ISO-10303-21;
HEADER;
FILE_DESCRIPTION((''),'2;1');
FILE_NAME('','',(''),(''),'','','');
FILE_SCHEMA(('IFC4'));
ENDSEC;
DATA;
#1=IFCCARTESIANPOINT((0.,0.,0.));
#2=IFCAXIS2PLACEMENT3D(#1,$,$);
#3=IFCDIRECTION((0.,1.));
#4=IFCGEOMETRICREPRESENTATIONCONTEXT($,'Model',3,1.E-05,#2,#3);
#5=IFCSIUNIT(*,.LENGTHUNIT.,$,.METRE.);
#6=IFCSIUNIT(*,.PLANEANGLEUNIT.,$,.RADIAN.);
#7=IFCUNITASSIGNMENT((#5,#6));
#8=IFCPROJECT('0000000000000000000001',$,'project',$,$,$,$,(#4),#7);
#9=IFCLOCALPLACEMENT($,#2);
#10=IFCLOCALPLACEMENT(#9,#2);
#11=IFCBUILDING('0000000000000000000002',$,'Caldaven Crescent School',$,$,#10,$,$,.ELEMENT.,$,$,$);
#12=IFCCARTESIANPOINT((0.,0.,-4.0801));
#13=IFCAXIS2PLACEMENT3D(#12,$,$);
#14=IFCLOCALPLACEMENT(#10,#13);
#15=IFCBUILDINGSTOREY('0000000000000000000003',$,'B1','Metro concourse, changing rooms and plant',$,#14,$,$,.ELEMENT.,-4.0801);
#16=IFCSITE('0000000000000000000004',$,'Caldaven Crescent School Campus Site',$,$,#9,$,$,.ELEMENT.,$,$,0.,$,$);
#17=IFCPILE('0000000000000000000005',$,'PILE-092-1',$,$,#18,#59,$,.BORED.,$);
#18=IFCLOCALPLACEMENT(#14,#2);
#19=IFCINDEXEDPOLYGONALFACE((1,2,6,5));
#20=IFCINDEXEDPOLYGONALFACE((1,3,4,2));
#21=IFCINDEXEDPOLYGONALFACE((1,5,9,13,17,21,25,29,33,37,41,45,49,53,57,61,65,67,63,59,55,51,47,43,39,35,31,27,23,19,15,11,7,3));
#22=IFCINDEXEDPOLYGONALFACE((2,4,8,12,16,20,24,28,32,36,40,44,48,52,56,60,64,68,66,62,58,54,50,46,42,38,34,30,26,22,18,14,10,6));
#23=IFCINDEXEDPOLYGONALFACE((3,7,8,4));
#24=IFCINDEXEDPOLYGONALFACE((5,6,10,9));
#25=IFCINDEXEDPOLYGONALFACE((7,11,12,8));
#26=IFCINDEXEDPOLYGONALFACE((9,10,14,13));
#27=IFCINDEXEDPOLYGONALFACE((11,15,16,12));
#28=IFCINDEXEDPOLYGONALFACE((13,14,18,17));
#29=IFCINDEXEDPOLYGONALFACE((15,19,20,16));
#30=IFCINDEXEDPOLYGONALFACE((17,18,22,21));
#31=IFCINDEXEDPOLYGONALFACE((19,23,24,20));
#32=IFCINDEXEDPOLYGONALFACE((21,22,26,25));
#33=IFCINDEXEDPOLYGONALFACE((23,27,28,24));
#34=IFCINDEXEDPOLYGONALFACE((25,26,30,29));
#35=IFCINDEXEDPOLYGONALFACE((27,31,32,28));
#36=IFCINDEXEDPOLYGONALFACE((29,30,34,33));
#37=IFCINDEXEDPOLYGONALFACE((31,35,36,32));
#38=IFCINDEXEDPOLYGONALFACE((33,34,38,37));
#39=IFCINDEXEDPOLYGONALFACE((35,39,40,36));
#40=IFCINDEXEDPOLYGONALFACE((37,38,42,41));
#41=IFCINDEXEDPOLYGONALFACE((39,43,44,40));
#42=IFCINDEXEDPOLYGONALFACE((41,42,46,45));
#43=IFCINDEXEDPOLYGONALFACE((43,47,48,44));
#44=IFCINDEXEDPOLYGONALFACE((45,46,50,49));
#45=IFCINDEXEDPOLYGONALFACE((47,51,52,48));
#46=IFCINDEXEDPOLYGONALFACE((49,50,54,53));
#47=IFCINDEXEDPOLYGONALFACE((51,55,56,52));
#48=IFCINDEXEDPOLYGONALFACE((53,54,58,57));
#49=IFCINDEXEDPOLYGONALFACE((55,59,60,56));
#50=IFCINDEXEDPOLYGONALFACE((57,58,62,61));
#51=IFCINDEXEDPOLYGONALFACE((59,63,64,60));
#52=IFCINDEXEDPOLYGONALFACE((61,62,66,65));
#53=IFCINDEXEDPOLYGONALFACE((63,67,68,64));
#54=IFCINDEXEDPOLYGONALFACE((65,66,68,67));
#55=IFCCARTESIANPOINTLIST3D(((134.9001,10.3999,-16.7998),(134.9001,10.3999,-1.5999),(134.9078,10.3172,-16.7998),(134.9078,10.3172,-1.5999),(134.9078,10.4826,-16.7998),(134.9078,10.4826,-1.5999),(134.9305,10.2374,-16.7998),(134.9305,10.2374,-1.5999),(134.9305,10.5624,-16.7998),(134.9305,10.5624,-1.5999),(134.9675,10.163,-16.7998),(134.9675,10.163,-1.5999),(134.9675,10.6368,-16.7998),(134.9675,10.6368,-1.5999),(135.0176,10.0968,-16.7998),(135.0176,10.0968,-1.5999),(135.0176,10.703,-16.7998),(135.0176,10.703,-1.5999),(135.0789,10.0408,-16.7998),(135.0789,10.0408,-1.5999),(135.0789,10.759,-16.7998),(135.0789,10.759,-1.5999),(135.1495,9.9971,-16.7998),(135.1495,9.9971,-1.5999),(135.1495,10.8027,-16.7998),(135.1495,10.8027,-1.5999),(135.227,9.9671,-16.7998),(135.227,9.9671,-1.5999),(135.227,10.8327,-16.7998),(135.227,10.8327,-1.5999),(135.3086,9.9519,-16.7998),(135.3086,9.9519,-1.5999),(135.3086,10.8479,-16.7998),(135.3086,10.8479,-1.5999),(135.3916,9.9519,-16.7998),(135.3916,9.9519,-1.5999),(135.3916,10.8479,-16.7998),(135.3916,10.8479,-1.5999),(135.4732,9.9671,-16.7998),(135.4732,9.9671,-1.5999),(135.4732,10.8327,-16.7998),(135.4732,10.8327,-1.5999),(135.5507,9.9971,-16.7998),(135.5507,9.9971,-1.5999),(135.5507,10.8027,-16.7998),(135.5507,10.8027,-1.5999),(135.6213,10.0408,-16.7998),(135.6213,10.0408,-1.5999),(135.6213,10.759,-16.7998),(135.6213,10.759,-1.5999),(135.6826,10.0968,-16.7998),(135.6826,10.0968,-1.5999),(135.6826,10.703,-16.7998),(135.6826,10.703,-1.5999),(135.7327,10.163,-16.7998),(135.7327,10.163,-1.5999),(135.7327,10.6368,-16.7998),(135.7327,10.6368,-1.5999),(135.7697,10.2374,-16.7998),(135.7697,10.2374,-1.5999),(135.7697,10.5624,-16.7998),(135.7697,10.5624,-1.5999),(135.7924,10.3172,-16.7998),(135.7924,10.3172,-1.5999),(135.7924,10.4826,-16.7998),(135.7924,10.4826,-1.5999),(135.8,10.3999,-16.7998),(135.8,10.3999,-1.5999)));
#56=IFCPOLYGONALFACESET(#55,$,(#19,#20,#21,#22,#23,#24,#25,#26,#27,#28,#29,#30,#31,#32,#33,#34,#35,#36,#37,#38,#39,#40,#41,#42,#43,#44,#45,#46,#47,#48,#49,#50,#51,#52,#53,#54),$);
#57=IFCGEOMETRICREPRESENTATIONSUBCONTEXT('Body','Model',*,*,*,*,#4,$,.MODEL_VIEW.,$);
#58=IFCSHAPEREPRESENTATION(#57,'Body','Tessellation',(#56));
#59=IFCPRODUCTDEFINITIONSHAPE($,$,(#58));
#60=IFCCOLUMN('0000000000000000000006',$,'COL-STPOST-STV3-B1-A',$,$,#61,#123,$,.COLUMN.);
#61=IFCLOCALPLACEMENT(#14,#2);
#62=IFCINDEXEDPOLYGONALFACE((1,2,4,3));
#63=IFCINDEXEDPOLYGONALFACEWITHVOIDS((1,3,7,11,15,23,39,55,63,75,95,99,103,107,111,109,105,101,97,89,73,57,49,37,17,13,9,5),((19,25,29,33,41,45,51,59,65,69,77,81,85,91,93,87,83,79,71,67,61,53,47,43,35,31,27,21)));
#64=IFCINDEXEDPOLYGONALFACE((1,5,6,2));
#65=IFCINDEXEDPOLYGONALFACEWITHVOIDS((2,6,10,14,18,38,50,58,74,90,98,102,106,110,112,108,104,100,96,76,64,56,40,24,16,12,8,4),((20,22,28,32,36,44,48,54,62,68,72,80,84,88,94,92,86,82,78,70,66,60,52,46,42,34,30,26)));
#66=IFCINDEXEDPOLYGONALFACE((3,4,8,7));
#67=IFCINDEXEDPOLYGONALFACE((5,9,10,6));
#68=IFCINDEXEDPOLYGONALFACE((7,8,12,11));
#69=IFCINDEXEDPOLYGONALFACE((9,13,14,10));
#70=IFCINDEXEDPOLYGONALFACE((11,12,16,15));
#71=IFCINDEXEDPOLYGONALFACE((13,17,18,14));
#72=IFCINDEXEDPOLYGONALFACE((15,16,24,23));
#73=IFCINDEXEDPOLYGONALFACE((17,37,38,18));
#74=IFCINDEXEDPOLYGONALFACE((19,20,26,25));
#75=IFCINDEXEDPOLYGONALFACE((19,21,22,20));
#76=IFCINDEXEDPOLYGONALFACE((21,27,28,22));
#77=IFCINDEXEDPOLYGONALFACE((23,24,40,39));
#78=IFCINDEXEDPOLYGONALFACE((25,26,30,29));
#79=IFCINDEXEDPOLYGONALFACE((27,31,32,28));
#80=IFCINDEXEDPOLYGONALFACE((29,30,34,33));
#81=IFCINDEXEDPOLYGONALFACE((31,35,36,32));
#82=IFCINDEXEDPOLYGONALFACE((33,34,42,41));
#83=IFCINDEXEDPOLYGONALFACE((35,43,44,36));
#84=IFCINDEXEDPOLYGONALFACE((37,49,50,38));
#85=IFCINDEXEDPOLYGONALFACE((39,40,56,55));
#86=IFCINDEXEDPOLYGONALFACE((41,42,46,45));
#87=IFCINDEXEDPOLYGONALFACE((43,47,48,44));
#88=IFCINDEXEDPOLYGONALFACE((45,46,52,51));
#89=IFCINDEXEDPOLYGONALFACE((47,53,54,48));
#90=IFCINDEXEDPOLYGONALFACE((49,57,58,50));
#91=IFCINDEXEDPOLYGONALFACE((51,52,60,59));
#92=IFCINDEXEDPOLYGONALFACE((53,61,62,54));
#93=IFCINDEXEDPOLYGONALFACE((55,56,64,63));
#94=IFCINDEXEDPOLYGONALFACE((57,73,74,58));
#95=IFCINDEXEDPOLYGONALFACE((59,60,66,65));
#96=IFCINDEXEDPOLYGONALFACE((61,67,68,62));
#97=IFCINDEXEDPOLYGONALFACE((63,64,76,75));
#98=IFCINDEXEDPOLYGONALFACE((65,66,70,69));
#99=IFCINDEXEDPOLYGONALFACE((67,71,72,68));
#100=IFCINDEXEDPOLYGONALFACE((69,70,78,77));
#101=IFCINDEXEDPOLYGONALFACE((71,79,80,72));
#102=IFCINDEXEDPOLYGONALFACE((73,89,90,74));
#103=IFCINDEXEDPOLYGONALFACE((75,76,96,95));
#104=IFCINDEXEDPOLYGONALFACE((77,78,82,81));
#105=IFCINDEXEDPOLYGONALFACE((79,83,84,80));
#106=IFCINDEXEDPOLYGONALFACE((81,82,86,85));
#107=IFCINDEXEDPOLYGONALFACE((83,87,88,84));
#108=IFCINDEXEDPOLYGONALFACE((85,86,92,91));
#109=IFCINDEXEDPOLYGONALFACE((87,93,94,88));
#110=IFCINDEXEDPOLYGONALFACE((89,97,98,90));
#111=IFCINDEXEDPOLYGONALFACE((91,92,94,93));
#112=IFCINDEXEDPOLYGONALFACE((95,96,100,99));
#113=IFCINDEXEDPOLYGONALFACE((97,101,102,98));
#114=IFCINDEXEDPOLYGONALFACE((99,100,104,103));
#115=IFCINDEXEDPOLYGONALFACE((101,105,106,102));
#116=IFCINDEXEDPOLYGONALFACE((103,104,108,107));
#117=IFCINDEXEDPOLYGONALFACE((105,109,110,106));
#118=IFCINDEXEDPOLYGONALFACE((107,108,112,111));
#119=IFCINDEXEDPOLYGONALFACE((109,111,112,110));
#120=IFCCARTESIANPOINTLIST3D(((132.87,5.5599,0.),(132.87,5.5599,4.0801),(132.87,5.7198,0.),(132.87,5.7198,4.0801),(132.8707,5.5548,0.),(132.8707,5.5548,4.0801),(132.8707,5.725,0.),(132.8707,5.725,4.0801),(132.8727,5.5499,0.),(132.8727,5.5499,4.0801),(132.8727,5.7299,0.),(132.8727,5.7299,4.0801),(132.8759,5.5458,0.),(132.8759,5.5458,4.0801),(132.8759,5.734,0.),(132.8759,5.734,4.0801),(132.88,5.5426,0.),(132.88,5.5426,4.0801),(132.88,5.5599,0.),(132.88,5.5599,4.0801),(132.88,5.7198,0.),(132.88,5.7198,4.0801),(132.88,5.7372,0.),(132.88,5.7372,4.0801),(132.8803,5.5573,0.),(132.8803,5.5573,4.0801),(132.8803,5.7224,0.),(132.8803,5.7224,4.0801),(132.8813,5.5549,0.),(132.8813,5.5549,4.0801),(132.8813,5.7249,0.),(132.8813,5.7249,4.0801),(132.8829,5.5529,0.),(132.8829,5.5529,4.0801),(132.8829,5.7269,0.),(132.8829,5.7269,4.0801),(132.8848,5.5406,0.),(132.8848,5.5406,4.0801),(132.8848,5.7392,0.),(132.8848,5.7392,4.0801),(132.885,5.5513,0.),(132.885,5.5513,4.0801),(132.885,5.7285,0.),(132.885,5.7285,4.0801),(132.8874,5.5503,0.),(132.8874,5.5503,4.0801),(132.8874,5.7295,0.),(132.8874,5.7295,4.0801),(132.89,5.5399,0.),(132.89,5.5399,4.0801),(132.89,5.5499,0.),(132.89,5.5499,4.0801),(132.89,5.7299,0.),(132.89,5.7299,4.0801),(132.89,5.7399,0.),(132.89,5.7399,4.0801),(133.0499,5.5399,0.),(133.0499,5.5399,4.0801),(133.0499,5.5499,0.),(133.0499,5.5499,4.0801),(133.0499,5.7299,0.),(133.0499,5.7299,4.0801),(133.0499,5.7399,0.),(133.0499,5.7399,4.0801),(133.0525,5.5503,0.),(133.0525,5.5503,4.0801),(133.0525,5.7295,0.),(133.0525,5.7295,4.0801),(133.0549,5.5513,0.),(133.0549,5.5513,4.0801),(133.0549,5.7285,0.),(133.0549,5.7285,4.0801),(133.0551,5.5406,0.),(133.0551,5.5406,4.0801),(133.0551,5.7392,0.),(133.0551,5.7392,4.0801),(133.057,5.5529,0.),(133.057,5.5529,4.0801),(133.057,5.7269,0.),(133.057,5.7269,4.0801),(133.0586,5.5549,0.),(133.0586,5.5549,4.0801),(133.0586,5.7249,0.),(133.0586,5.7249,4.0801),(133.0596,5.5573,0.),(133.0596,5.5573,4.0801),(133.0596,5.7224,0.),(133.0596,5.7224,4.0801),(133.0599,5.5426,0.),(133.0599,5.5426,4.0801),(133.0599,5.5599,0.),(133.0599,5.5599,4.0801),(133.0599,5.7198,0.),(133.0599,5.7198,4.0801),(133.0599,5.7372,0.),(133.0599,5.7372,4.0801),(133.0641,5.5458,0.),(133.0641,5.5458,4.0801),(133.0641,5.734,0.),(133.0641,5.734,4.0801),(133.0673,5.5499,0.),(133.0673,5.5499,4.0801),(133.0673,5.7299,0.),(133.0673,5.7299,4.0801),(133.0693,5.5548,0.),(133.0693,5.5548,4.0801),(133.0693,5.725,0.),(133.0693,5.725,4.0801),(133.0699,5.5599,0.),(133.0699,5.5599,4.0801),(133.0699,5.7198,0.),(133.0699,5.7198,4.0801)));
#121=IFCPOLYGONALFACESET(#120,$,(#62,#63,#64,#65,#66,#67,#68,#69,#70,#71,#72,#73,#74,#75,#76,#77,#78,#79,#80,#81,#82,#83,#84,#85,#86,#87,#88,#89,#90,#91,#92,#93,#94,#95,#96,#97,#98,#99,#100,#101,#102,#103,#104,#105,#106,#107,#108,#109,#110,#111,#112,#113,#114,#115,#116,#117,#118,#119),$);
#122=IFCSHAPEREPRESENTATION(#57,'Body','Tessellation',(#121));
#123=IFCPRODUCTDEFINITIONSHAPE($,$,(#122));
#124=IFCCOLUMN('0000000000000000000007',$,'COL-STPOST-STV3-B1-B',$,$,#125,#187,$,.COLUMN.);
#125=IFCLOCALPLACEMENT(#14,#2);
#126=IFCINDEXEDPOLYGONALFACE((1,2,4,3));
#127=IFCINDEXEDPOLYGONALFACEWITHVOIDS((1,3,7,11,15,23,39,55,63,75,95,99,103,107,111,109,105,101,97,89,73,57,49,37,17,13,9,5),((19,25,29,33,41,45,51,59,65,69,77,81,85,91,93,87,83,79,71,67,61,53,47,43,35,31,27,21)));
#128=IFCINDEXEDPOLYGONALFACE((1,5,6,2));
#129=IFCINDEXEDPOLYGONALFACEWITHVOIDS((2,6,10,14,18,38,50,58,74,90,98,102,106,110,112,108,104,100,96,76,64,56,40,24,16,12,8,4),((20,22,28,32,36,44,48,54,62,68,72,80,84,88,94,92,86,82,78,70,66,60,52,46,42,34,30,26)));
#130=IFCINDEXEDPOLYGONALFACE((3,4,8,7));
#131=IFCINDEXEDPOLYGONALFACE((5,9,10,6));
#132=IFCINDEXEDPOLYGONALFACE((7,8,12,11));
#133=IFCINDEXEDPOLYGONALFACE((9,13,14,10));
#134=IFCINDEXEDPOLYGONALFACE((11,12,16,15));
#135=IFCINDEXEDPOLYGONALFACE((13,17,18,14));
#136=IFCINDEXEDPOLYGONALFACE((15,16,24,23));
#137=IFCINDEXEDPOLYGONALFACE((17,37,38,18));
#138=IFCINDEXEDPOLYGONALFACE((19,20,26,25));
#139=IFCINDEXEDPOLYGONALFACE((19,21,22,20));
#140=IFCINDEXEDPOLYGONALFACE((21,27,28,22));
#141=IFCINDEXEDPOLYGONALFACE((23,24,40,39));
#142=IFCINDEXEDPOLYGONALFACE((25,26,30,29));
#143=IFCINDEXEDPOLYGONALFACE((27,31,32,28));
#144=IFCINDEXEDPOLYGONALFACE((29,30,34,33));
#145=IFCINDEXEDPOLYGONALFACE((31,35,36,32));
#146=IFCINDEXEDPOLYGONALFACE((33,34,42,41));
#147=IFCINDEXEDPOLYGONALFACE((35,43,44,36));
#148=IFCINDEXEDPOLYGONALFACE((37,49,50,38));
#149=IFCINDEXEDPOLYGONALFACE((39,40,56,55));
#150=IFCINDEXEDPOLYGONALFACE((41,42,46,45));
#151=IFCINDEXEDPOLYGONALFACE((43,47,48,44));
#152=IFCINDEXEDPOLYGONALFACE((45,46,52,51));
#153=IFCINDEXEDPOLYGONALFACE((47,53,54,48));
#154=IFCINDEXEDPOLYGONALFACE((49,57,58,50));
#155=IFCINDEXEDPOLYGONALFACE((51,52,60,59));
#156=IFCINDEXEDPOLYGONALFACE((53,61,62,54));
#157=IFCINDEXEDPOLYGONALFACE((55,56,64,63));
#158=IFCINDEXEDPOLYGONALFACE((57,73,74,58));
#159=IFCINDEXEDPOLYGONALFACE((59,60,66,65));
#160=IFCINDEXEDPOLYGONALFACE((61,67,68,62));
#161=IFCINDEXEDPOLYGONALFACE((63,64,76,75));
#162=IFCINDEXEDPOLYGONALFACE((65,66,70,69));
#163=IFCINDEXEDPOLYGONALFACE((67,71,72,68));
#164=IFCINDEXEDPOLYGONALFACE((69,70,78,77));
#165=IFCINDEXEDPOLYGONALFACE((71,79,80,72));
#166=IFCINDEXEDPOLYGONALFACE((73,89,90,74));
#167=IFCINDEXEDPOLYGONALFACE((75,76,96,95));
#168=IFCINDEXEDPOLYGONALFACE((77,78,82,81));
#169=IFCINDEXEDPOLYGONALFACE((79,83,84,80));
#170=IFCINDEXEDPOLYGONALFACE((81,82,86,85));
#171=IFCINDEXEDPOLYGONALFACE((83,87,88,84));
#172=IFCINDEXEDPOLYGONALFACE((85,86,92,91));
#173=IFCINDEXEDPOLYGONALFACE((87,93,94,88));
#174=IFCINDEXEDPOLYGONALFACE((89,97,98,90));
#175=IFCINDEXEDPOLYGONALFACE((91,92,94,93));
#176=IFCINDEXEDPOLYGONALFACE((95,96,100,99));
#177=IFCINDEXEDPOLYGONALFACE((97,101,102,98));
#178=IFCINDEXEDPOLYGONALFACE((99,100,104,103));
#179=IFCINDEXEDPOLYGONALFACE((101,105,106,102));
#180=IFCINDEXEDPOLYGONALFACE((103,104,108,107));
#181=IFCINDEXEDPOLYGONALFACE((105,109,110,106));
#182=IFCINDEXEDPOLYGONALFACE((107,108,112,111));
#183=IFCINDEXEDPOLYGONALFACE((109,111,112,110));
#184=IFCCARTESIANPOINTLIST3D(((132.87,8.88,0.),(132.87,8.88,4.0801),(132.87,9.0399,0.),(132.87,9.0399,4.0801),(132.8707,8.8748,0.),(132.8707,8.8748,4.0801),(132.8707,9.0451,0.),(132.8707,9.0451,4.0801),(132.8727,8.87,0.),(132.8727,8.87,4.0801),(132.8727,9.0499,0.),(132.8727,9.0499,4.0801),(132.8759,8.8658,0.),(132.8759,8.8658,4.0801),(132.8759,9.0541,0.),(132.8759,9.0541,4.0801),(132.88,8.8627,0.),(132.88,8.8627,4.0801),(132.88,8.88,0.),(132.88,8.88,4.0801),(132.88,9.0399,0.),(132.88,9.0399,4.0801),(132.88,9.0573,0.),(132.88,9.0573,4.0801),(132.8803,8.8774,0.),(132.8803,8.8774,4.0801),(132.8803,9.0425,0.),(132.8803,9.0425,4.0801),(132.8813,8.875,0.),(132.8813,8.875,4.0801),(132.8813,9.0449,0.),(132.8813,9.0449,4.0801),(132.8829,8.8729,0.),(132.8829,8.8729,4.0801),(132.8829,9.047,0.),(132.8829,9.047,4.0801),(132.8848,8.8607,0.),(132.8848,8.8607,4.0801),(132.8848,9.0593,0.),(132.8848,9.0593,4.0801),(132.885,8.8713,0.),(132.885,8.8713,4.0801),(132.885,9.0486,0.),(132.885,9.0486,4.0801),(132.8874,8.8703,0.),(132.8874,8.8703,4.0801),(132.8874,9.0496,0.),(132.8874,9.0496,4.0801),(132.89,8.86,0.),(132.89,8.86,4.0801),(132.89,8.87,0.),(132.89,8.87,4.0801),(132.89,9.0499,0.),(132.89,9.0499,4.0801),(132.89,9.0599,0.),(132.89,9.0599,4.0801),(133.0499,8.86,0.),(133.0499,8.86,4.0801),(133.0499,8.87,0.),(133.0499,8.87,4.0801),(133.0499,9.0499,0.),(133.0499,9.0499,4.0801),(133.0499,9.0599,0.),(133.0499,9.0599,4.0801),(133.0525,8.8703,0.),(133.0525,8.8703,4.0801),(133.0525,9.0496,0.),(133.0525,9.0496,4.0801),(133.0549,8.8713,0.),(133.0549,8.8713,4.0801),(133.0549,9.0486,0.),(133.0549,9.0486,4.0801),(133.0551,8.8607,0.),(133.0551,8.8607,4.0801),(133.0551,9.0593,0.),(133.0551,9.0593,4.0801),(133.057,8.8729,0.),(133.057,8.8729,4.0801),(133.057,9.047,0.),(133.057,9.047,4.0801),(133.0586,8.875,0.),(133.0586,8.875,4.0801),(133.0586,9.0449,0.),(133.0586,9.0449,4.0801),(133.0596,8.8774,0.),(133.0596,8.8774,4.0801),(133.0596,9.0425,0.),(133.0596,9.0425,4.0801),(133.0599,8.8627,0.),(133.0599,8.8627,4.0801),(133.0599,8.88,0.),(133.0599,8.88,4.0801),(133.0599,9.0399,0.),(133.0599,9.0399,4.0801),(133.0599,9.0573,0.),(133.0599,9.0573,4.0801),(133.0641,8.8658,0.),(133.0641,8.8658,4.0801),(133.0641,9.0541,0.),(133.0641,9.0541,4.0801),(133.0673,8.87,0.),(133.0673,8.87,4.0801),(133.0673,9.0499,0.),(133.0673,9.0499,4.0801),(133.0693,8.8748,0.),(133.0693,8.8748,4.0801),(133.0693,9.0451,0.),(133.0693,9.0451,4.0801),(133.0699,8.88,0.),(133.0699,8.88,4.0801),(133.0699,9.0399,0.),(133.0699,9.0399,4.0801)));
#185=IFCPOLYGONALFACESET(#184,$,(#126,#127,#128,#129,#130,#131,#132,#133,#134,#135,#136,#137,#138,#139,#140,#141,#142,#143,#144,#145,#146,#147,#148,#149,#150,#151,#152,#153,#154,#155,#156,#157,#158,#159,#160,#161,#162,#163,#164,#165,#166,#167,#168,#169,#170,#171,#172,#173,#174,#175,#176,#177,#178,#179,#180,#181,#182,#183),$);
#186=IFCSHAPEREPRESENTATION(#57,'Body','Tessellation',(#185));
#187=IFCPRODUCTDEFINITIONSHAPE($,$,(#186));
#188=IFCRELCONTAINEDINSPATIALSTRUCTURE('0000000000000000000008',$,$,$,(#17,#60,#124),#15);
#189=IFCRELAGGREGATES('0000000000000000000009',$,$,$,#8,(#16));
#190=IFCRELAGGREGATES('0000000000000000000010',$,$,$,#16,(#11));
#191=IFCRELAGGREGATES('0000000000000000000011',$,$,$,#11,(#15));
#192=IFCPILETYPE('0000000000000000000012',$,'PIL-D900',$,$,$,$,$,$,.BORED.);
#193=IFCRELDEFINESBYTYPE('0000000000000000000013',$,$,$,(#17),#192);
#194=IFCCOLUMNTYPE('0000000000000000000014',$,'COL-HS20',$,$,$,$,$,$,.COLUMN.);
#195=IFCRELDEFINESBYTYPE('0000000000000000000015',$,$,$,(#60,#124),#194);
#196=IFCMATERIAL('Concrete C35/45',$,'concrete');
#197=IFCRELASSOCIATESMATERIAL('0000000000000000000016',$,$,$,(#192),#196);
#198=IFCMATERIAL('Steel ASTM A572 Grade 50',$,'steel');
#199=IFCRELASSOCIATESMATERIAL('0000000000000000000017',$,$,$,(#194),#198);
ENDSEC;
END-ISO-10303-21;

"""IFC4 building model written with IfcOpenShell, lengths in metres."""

from ifc_helpers import new_model, si_unit, direction, frame, origin, origin_2d, place, context, subcontext, project, spatial, hollow_rectangle, circle, extrude, material, material_profile, profile_set, type_object, element, save


model = new_model("IFC4")

# Units and contexts
model_context = context("Model", 3, precision=1e-05, world=origin(), true_north=direction((0.0, 1.0)))
body_context = subcontext(model_context, "Body", "Model", "MODEL_VIEW")
ifc_project = project(units=[si_unit("LENGTHUNIT", "METRE"), si_unit("PLANEANGLEUNIT", "RADIAN")], contexts=[model_context])

# Site, building, storey
site_placement = place(None, origin())
site = spatial("IfcSite", under=ifc_project, at=site_placement, Name="Caldaven Crescent School Campus Site", CompositionType="ELEMENT", RefElevation=0.0)
building_placement = place(site_placement, origin())
building = spatial("IfcBuilding", under=site, at=building_placement, Name="Caldaven Crescent School", CompositionType="ELEMENT")
storey_placement = place(building_placement, frame((0.0, 0.0, -4.0801)))
storey = spatial("IfcBuildingStorey", under=building, at=storey_placement, Name="B1", Description="Metro concourse, changing rooms and plant", CompositionType="ELEMENT", Elevation=-4.0801)

# Shared definitions
ifc_material_1 = material(Name="Concrete C35/45", Category="concrete")

# Pile
ifc_material_profile_1 = material_profile(ifc_material_1, circle(Radius=0.45, at=origin_2d()), Name="PILE D900")
ifc_profile_set_1 = profile_set([ifc_material_profile_1], Name="Concrete C35/45")
pile_type = type_object("IfcPileType", Name="PIL-D900", PredefinedType="BORED", material=ifc_profile_set_1)
pile_placement = place(storey_placement, frame((135.3501, 10.3999, -1.5999), z_axis=(0.0, 0.0, -1.0), x_axis=(1.0, 0.0, 0.0)))
element("IfcPile", 1, at=pile_placement, inside=storey, type_object=pile_type, Name="PILE-092-1", PredefinedType="BORED", context=body_context, shape_type="SweptSolid", body=[
    extrude(circle(Radius=0.45, at=origin_2d()), origin(), (0.0, 0.0, 1.0), 15.2),
])

# Columns
ifc_material_2 = material(Name="Steel ASTM A572 Grade 50", Category="steel")
ifc_material_profile_2 = material_profile(ifc_material_2, hollow_rectangle(XDim=0.2, YDim=0.2, WallThickness=0.01, InnerFilletRadius=0.01, OuterFilletRadius=0.02, at=origin_2d()), Name="HSS 200x200x10")
ifc_profile_set_2 = profile_set([ifc_material_profile_2], Name="Steel ASTM A572 Grade 50")
column_type_1 = type_object("IfcColumnType", Name="COL-HS20", PredefinedType="COLUMN", material=ifc_profile_set_2)
for number, where, z_axis, x_axis, name in (
    (2, (132.97, 5.6399, 0.0), (0.0, 0.0, 1.0), (1.0, 0.0, 0.0), "COL-STPOST-STV3-B1-A"),
    (3, (132.97, 8.96, 0.0), (0.0, 0.0, 1.0), (1.0, 0.0, 0.0), "COL-STPOST-STV3-B1-B"),
):
    element("IfcColumn", number, at=place(storey_placement, frame(where, z_axis=z_axis, x_axis=x_axis)), inside=storey, type_object=column_type_1, Name=name, PredefinedType="COLUMN", context=body_context, shape_type="SweptSolid", body=[
        extrude(hollow_rectangle(XDim=0.2, YDim=0.2, WallThickness=0.01, InnerFilletRadius=0.01, OuterFilletRadius=0.02, at=origin_2d()), origin(), (0.0, 0.0, 1.0), 4.0801),
    ])

save(model, "model.ifc")
